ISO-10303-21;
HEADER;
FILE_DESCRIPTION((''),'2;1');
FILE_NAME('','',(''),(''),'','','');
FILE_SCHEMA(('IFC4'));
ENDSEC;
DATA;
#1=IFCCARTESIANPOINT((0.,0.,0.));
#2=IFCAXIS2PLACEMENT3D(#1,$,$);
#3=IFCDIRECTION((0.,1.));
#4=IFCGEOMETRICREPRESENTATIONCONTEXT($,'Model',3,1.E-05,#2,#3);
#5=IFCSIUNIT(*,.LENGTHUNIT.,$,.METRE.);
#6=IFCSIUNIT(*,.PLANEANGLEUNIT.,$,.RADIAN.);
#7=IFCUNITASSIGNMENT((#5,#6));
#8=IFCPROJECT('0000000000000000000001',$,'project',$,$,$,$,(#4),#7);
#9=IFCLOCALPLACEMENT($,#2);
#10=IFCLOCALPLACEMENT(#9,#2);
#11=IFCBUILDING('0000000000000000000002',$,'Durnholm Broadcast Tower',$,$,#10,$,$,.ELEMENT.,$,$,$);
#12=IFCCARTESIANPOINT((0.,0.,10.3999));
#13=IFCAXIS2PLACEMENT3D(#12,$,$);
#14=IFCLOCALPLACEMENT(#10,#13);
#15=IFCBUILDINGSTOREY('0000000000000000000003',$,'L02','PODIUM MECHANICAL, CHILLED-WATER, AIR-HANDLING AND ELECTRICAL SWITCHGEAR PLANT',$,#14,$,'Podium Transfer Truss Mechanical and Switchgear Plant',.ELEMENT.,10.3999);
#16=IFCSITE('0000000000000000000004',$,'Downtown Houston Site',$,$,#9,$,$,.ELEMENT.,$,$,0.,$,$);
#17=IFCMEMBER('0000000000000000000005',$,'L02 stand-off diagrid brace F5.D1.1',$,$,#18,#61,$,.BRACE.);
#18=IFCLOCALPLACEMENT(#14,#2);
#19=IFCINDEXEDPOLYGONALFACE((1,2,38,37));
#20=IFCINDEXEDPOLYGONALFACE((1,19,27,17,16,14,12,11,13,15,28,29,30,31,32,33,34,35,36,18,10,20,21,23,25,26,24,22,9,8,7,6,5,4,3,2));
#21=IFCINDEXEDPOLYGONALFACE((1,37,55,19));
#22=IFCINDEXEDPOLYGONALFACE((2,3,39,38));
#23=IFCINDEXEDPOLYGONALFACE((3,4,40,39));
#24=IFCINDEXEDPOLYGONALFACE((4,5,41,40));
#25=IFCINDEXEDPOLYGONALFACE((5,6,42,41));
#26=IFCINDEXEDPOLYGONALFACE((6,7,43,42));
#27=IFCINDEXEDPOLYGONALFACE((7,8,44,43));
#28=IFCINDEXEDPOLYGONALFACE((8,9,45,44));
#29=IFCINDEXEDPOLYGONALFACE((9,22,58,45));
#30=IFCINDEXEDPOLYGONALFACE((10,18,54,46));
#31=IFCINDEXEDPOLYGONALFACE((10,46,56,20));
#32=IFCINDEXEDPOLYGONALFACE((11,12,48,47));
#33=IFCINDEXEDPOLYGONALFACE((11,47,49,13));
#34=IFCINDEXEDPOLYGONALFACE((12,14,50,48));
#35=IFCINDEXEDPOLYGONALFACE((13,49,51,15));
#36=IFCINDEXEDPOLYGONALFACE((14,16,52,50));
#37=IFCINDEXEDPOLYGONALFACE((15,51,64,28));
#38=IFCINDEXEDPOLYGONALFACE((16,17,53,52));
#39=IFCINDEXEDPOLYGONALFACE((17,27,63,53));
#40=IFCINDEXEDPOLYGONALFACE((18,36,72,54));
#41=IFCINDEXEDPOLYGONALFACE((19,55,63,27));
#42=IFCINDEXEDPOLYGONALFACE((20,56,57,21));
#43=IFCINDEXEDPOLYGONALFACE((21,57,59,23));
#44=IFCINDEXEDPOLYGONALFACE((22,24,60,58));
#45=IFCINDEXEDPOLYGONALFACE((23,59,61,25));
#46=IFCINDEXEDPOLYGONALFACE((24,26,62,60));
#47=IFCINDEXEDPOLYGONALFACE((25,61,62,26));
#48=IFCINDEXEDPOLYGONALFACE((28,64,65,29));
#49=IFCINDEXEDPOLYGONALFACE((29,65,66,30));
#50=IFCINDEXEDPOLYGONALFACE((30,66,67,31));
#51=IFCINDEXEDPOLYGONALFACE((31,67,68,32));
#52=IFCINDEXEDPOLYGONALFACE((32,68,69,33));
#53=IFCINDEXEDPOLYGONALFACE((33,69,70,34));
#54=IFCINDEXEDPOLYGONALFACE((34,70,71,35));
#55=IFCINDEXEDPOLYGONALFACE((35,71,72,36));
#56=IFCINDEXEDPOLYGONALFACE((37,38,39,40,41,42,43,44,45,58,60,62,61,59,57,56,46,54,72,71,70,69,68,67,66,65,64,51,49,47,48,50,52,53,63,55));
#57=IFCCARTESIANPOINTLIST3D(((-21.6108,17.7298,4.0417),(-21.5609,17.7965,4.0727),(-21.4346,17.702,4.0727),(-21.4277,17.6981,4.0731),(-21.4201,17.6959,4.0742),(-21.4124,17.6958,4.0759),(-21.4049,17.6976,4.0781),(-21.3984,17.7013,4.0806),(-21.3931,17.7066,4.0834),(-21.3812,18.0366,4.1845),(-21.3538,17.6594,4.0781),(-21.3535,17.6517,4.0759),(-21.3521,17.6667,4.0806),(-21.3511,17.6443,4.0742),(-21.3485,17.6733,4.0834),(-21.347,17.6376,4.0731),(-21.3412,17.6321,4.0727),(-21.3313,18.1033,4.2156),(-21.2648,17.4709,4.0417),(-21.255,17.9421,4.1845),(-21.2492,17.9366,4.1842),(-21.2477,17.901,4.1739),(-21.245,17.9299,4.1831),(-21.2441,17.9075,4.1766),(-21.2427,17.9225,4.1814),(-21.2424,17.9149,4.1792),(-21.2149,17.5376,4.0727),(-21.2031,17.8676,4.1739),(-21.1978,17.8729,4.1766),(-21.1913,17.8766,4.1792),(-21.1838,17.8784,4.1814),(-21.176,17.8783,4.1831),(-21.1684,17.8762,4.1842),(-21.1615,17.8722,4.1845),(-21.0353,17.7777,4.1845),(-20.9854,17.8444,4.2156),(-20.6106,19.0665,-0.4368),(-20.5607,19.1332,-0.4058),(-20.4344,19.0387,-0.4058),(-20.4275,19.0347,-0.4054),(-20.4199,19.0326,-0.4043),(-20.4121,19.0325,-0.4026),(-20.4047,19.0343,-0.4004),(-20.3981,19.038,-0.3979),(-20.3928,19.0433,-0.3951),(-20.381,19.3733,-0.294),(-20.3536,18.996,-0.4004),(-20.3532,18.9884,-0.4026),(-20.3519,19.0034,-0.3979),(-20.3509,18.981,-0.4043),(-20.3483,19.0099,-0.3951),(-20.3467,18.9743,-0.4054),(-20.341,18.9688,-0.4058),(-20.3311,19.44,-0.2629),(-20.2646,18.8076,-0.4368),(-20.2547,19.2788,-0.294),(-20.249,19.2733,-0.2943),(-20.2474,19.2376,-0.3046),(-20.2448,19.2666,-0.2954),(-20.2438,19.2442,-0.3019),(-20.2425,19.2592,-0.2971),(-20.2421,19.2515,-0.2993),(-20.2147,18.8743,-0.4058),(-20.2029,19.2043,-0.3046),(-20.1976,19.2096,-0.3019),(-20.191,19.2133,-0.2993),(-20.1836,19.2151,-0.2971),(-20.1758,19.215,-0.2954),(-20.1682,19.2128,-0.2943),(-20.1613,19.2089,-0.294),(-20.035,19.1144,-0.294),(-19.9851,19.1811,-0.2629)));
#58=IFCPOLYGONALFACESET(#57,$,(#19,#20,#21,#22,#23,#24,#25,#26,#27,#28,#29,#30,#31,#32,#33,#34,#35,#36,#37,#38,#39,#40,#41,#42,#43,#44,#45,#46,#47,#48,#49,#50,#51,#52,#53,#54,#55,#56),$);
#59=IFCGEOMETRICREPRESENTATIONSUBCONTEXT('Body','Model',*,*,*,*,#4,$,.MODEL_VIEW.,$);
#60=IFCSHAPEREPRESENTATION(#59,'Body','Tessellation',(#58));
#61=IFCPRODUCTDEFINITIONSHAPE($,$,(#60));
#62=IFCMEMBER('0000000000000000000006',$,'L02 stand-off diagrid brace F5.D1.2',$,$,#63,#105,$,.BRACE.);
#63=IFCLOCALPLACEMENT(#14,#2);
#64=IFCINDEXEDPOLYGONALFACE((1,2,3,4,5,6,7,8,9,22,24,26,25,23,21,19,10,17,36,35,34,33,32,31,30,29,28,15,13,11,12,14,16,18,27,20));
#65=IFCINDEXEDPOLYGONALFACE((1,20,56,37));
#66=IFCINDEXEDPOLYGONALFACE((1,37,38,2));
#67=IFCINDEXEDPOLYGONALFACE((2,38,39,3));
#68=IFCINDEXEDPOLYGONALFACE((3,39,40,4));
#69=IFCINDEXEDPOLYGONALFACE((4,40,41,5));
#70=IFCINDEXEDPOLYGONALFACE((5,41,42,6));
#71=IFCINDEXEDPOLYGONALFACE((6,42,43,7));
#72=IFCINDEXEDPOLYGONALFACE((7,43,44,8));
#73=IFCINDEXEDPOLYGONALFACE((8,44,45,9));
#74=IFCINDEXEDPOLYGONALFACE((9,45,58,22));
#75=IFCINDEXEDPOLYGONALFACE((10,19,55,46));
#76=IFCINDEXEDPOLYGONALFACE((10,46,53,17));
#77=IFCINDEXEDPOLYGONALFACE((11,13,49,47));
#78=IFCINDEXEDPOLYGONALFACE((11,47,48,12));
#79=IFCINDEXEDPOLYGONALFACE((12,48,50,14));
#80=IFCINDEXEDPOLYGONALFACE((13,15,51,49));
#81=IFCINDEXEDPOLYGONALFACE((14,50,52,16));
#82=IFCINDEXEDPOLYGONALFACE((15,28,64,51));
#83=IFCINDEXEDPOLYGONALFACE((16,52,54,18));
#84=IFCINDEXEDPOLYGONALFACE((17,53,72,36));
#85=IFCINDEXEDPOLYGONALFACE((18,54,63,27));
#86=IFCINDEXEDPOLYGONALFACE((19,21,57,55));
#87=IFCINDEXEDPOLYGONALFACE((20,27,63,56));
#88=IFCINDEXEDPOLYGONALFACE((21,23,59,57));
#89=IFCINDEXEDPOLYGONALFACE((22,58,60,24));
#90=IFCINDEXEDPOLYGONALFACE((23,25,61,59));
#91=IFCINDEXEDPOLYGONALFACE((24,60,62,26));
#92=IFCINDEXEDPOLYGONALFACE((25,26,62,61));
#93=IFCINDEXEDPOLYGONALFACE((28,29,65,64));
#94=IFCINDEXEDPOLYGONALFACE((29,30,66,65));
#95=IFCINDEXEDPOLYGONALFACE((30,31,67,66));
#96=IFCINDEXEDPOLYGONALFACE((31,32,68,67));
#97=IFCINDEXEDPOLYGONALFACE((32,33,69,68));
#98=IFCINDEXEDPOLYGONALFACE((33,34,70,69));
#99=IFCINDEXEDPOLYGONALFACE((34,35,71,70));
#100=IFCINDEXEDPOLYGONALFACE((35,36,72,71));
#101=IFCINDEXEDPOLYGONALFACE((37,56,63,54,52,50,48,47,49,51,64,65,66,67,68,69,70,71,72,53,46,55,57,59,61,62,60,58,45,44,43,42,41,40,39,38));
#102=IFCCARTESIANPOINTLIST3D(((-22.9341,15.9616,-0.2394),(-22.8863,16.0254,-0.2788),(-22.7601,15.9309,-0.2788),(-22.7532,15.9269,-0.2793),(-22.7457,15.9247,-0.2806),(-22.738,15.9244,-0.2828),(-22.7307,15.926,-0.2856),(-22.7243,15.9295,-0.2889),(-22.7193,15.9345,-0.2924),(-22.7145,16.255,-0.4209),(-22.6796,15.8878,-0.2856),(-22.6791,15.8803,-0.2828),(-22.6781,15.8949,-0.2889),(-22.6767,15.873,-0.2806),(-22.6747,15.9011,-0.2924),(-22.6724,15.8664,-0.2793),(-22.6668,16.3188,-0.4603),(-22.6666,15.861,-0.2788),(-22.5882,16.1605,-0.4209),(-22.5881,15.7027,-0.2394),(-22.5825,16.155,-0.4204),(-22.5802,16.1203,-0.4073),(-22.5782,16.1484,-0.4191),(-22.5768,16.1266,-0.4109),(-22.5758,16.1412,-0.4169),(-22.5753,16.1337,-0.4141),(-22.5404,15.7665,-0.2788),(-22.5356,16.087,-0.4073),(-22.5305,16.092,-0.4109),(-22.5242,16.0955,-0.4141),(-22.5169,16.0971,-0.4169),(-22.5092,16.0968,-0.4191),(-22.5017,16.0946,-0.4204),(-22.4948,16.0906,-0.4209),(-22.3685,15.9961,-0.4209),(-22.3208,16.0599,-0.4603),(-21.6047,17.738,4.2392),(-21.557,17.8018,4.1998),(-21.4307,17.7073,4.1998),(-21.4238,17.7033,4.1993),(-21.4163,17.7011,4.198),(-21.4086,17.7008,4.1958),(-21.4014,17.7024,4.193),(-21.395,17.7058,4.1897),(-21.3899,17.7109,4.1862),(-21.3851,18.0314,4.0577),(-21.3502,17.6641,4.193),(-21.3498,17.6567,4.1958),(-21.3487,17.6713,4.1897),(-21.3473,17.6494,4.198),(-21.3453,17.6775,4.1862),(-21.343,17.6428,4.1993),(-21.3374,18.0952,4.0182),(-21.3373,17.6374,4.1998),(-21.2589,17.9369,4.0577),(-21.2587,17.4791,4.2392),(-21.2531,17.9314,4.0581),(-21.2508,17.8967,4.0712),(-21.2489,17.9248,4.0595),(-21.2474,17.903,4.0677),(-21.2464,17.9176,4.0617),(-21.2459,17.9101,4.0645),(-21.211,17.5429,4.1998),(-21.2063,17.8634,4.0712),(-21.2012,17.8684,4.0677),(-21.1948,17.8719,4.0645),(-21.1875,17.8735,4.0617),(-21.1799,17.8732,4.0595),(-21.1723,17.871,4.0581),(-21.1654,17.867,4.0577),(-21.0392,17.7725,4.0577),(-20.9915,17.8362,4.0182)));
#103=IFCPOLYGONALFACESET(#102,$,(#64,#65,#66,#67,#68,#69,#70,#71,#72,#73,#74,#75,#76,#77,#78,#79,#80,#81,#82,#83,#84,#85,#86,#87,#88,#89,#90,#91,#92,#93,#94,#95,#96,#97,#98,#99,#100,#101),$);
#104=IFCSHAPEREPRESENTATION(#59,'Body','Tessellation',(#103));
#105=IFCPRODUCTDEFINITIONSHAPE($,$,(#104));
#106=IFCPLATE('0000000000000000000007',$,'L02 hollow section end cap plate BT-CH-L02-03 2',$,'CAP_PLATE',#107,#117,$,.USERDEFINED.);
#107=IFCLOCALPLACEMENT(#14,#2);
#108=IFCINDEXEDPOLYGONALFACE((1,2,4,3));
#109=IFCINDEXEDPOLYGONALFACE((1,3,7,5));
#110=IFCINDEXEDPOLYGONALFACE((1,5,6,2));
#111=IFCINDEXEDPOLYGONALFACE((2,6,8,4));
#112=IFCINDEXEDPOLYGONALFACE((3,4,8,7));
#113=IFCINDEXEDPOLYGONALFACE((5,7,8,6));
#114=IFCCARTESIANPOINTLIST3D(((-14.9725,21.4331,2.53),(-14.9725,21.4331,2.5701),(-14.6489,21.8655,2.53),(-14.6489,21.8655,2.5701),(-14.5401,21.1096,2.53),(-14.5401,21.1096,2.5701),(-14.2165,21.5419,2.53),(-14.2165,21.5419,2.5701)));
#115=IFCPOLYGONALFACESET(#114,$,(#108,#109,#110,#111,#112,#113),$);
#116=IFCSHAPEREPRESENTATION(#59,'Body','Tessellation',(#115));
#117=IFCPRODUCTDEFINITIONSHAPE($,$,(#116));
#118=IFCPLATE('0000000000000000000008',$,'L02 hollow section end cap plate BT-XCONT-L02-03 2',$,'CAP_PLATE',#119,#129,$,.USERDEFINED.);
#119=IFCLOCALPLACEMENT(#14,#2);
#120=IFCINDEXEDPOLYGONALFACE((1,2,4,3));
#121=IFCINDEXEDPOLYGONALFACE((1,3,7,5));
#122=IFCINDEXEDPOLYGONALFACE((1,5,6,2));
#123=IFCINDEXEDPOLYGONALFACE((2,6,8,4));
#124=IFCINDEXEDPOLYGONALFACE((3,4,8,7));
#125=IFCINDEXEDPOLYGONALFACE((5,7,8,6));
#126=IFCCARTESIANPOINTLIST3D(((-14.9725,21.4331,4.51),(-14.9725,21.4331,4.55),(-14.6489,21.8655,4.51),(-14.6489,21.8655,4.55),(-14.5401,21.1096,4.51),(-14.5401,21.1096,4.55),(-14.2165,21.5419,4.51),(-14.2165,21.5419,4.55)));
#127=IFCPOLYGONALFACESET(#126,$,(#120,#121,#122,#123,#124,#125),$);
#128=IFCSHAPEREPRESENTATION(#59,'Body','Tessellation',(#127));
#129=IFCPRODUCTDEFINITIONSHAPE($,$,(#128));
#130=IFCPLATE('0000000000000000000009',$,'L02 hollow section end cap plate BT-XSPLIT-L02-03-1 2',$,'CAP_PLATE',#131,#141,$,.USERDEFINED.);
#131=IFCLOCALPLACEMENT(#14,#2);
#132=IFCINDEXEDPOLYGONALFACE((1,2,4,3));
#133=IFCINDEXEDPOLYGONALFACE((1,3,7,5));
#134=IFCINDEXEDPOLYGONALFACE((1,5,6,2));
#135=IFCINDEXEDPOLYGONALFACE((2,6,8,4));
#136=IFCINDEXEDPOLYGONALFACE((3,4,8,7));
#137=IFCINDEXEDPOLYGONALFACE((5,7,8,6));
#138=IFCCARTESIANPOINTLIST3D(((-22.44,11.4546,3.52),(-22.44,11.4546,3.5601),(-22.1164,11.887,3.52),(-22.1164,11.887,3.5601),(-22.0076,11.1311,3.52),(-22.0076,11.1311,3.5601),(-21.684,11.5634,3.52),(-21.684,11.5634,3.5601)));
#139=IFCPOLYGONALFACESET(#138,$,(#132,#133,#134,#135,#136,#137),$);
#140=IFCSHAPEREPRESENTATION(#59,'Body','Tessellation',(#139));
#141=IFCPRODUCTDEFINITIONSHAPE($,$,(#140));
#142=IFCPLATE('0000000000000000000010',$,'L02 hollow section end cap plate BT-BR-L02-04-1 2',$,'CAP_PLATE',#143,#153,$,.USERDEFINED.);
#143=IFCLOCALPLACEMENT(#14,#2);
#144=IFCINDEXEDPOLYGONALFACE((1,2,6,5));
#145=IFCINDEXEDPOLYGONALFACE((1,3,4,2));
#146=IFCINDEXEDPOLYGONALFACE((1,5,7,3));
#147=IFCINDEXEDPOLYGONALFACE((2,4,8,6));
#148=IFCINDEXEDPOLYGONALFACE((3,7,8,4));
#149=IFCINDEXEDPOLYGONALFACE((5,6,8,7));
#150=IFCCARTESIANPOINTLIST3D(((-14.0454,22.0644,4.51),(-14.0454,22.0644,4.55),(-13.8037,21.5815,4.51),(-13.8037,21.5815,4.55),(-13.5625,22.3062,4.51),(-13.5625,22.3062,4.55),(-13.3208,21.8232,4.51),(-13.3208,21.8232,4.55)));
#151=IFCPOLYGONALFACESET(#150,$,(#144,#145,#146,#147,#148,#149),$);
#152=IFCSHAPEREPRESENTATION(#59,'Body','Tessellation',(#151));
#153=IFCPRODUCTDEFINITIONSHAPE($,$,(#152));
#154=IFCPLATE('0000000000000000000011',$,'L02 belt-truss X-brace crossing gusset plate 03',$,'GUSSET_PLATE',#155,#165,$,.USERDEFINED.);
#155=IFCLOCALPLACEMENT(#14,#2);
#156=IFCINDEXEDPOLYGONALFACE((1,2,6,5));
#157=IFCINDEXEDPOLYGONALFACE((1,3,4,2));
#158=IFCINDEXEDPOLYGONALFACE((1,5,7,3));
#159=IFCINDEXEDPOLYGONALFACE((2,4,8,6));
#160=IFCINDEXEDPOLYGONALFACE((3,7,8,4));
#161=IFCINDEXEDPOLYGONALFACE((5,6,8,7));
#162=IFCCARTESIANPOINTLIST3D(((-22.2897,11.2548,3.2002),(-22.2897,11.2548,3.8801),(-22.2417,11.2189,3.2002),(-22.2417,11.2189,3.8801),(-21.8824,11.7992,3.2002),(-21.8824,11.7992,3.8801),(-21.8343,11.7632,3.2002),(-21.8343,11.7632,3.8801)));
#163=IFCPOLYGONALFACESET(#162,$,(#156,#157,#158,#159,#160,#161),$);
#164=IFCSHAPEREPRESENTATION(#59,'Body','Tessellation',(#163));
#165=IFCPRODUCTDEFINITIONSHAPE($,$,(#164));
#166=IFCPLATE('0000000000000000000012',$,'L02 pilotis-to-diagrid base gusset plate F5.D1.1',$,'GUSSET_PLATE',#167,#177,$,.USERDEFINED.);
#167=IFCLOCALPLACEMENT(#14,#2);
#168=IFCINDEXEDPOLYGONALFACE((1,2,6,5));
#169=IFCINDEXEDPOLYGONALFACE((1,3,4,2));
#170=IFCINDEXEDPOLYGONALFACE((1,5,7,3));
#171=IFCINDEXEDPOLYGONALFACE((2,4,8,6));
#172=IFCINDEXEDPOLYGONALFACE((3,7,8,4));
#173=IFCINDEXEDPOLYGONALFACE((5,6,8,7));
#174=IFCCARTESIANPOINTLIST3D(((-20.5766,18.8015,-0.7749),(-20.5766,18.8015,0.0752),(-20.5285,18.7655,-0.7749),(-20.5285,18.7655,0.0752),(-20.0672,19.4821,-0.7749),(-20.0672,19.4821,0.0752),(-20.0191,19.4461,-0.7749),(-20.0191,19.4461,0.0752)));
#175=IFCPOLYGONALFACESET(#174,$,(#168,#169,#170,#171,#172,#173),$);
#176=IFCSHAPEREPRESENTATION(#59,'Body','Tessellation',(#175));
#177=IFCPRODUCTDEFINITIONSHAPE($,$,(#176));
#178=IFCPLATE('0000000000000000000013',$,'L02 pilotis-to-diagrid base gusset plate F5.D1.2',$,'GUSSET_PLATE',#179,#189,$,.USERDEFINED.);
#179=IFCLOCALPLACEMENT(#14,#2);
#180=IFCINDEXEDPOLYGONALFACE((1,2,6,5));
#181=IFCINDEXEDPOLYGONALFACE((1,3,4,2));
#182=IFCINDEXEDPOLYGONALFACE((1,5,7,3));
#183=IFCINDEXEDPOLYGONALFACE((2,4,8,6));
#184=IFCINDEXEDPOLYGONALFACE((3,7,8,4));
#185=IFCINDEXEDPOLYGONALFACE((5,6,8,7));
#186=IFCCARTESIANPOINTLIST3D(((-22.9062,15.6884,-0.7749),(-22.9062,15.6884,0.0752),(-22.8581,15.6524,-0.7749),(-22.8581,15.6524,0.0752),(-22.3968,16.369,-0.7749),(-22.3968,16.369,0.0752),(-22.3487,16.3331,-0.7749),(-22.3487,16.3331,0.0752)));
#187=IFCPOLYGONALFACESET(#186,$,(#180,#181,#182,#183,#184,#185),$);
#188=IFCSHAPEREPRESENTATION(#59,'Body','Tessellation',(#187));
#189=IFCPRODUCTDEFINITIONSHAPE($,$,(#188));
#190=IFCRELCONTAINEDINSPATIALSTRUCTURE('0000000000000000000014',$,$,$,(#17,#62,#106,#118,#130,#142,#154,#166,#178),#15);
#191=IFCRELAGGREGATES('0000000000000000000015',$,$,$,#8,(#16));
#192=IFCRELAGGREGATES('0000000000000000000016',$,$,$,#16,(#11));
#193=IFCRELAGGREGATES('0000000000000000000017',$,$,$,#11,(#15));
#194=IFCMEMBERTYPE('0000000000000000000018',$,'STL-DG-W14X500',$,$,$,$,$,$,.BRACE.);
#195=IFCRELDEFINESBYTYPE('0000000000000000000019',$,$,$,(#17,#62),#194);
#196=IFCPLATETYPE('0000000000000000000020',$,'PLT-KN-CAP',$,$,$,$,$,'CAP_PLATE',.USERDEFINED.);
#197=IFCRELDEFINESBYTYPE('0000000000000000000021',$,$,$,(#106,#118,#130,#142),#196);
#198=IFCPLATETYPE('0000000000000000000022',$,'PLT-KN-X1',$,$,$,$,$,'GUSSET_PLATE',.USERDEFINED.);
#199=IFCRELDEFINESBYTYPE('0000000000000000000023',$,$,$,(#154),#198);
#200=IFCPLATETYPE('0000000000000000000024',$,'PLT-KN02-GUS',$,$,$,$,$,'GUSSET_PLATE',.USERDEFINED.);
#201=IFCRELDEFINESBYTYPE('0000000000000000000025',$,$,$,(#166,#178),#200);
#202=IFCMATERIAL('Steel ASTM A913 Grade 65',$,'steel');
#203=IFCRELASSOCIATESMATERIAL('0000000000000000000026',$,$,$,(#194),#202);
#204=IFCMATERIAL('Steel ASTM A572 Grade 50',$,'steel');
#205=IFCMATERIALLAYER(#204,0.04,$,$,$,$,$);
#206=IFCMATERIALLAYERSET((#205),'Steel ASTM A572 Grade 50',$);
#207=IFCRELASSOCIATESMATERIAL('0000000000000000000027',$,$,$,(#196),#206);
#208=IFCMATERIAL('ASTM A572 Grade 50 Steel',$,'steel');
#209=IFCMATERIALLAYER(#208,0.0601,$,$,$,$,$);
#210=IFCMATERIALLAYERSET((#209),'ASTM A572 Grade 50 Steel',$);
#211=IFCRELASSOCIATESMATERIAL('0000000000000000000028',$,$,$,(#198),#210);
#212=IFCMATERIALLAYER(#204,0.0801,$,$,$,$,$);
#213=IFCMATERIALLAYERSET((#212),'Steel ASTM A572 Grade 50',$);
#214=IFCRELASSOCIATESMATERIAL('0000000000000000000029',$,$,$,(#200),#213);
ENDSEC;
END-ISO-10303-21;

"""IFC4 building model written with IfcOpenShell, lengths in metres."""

from ifc_helpers import new_model, si_unit, direction, frame, origin, origin_2d, place, context, subcontext, project, spatial, rectangle, i_section, extrude, source, transform, mapped, material, layer, layer_set, material_profile, profile_set, type_object, type_shapes, element, save


model = new_model("IFC4")

# Units and contexts
model_context = context("Model", 3, precision=1e-05, world=origin(), true_north=direction((0.0, 1.0)))
body_context = subcontext(model_context, "Body", "Model", "MODEL_VIEW")
ifc_project = project(units=[si_unit("LENGTHUNIT", "METRE"), si_unit("PLANEANGLEUNIT", "RADIAN")], contexts=[model_context])

# Site, building, storey
site_placement = place(None, origin())
site = spatial("IfcSite", under=ifc_project, at=site_placement, Name="Downtown Houston Site", CompositionType="ELEMENT", RefElevation=0.0)
building_placement = place(site_placement, origin())
building = spatial("IfcBuilding", under=site, at=building_placement, Name="Durnholm Broadcast Tower", CompositionType="ELEMENT")
storey_placement = place(building_placement, frame((0.0, 0.0, 10.3999)))
storey = spatial("IfcBuildingStorey", under=building, at=storey_placement, Name="L02", Description="PODIUM MECHANICAL, CHILLED-WATER, AIR-HANDLING AND ELECTRICAL SWITCHGEAR PLANT", LongName="Podium Transfer Truss Mechanical and Switchgear Plant", CompositionType="ELEMENT", Elevation=10.3999)

# Shared definitions
ifc_material_1 = material(Name="Steel ASTM A913 Grade 65", Category="steel")

# Members
ifc_material_profile_1 = material_profile(ifc_material_1, i_section(OverallWidth=0.4321, OverallDepth=0.4978, WebThickness=0.0557, FlangeThickness=0.0889, FilletRadius=0.0305, at=origin_2d()), Name="W14X500")
ifc_profile_set_1 = profile_set([ifc_material_profile_1], Name="Steel ASTM A913 Grade 65")
member_type_1 = type_object("IfcMemberType", Name="STL-DG-W14X500", PredefinedType="BRACE", material=ifc_profile_set_1)
shared_shape_1 = source(origin(), body_context, "Body", "SweptSolid", [
    extrude(i_section(OverallWidth=0.4321, OverallDepth=0.4978, WebThickness=0.0557, FlangeThickness=0.0889, FilletRadius=0.0305, at=origin_2d()), origin(), (0.0, 0.0, 1.0), 4.7795),
])
member_1_placement = place(storey_placement, frame((-20.2979, 19.1238, -0.3499), z_axis=(-0.209275, -0.279663, 0.937013), x_axis=(0.800649, -0.599134, 0.0)))
element("IfcMember", 1, at=member_1_placement, inside=storey, type_object=member_type_1, Name="L02 stand-off diagrid brace F5.D1.1", PredefinedType="BRACE", context=body_context, shape_type="MappedRepresentation", body=[
    mapped(shared_shape_1, transform((0.0, 0.0, 0.0), x_axis=(1.0, 0.0, 0.0), y_axis=(0.0, 1.0, 0.0), z_axis=(0.0, 0.0, 1.0), scale=1.0)),
])
shared_shape_2 = source(origin(), body_context, "Body", "SweptSolid", [
    extrude(i_section(OverallWidth=0.4321, OverallDepth=0.4978, WebThickness=0.0557, FlangeThickness=0.0889, FilletRadius=0.0305, at=origin_2d()), origin(), (0.0, 0.0, 1.0), 4.998),
])
type_shapes(member_type_1, [shared_shape_1, shared_shape_2])
member_2_placement = place(storey_placement, frame((-22.6274, 16.0107, -0.3499), z_axis=(0.265977, 0.355417, 0.896066), x_axis=(-0.800633, 0.599155, 0.0)))
element("IfcMember", 2, at=member_2_placement, inside=storey, type_object=member_type_1, Name="L02 stand-off diagrid brace F5.D1.2", PredefinedType="BRACE", context=body_context, shape_type="MappedRepresentation", body=[
    mapped(shared_shape_2, transform((0.0, 0.0, 0.0), x_axis=(1.0, 0.0, 0.0), y_axis=(0.0, 1.0, 0.0), z_axis=(0.0, 0.0, 1.0), scale=1.0)),
])

# Plates
ifc_material_2 = material(Name="Steel ASTM A572 Grade 50", Category="steel")
ifc_layer_1 = layer(ifc_material_2, 0.04)
ifc_layer_set_1 = layer_set([ifc_layer_1], Name="Steel ASTM A572 Grade 50")
plate_type_1 = type_object("IfcPlateType", Name="PLT-KN-CAP", ElementType="CAP_PLATE", PredefinedType="USERDEFINED", material=ifc_layer_set_1)
shared_shape_3 = source(origin(), body_context, "Body", "SweptSolid", [
    extrude(rectangle(XDim=0.54, YDim=0.54, at=origin_2d()), origin(), (0.0, 0.0, 1.0), 0.04),
])
type_shapes(plate_type_1, [shared_shape_3])
for number, where, z_axis, x_axis, name in (
    (3, (-14.5945, 21.4875, 2.53), (0.0, 0.0, 1.0), (0.599163, 0.800627, 0.0), "L02 hollow section end cap plate BT-CH-L02-03 2"),
    (4, (-14.5945, 21.4875, 4.51), (0.0, 0.0, 1.0), (0.599163, 0.800627, 0.0), "L02 hollow section end cap plate BT-XCONT-L02-03 2"),
    (5, (-22.062, 11.509, 3.52), (0.0, 0.0, 1.0), (-0.599163, -0.800627, 0.0), "L02 hollow section end cap plate BT-XSPLIT-L02-03-1 2"),
    (6, (-13.6831, 21.9438, 4.51), (0.0, 0.0, 1.0), (0.894232, 0.447603, 0.0), "L02 hollow section end cap plate BT-BR-L02-04-1 2"),
):
    element("IfcPlate", number, at=place(storey_placement, frame(where, z_axis=z_axis, x_axis=x_axis)), inside=storey, type_object=plate_type_1, Name=name, ObjectType="CAP_PLATE", PredefinedType="USERDEFINED", context=body_context, shape_type="MappedRepresentation", body=[
        mapped(shared_shape_3, transform((0.0, 0.0, 0.0), x_axis=(1.0, 0.0, 0.0), y_axis=(0.0, 1.0, 0.0), z_axis=(0.0, 0.0, 1.0), scale=1.0)),
    ])
ifc_material_3 = material(Name="ASTM A572 Grade 50 Steel", Category="steel")
ifc_layer_2 = layer(ifc_material_3, 0.0601)
ifc_layer_set_2 = layer_set([ifc_layer_2], Name="ASTM A572 Grade 50 Steel")
plate_type_2 = type_object("IfcPlateType", Name="PLT-KN-X1", ElementType="GUSSET_PLATE", PredefinedType="USERDEFINED", material=ifc_layer_set_2)
shared_shape_4 = source(origin(), body_context, "Body", "SweptSolid", [
    extrude(rectangle(XDim=0.6799, YDim=0.0601, at=origin_2d()), origin(), (0.0, 0.0, 1.0), 0.6799),
])
type_shapes(plate_type_2, [shared_shape_4])
plate_1_placement = place(storey_placement, frame((-22.062, 11.509, 3.2002), z_axis=(0.0, 0.0, 1.0), x_axis=(0.599163, 0.800627, 0.0)))
element("IfcPlate", 7, at=plate_1_placement, inside=storey, type_object=plate_type_2, Name="L02 belt-truss X-brace crossing gusset plate 03", ObjectType="GUSSET_PLATE", PredefinedType="USERDEFINED", context=body_context, shape_type="MappedRepresentation", body=[
    mapped(shared_shape_4, transform((0.0, 0.0, 0.0), x_axis=(1.0, 0.0, 0.0), y_axis=(0.0, 1.0, 0.0), z_axis=(0.0, 0.0, 1.0), scale=1.0)),
])
ifc_layer_3 = layer(ifc_material_2, 0.0801)
ifc_layer_set_3 = layer_set([ifc_layer_3], Name="Steel ASTM A572 Grade 50")
plate_type_3 = type_object("IfcPlateType", Name="PLT-KN02-GUS", ElementType="GUSSET_PLATE", PredefinedType="USERDEFINED", material=ifc_layer_set_3)
shared_shape_5 = source(origin(), body_context, "Body", "SweptSolid", [
    extrude(rectangle(XDim=0.8501, YDim=0.0601, at=origin_2d()), origin(), (0.0, 0.0, 1.0), 0.8501),
])
for number, where, z_axis, x_axis, name in (
    (8, (-20.2979, 19.1238, -0.7749), (0.0, 0.0, 1.0), (-0.599163, -0.800627, 0.0), "L02 pilotis-to-diagrid base gusset plate F5.D1.1"),
    (9, (-22.6274, 16.0107, -0.7749), (0.0, 0.0, 1.0), (-0.599163, -0.800627, 0.0), "L02 pilotis-to-diagrid base gusset plate F5.D1.2"),
):
    element("IfcPlate", number, at=place(storey_placement, frame(where, z_axis=z_axis, x_axis=x_axis)), inside=storey, type_object=plate_type_3, Name=name, ObjectType="GUSSET_PLATE", PredefinedType="USERDEFINED", context=body_context, shape_type="MappedRepresentation", body=[
        mapped(shared_shape_5, transform((0.0, 0.0, 0.0), x_axis=(1.0, 0.0, 0.0), y_axis=(0.0, 1.0, 0.0), z_axis=(0.0, 0.0, 1.0), scale=1.0)),
    ])

save(model, "model.ifc")
